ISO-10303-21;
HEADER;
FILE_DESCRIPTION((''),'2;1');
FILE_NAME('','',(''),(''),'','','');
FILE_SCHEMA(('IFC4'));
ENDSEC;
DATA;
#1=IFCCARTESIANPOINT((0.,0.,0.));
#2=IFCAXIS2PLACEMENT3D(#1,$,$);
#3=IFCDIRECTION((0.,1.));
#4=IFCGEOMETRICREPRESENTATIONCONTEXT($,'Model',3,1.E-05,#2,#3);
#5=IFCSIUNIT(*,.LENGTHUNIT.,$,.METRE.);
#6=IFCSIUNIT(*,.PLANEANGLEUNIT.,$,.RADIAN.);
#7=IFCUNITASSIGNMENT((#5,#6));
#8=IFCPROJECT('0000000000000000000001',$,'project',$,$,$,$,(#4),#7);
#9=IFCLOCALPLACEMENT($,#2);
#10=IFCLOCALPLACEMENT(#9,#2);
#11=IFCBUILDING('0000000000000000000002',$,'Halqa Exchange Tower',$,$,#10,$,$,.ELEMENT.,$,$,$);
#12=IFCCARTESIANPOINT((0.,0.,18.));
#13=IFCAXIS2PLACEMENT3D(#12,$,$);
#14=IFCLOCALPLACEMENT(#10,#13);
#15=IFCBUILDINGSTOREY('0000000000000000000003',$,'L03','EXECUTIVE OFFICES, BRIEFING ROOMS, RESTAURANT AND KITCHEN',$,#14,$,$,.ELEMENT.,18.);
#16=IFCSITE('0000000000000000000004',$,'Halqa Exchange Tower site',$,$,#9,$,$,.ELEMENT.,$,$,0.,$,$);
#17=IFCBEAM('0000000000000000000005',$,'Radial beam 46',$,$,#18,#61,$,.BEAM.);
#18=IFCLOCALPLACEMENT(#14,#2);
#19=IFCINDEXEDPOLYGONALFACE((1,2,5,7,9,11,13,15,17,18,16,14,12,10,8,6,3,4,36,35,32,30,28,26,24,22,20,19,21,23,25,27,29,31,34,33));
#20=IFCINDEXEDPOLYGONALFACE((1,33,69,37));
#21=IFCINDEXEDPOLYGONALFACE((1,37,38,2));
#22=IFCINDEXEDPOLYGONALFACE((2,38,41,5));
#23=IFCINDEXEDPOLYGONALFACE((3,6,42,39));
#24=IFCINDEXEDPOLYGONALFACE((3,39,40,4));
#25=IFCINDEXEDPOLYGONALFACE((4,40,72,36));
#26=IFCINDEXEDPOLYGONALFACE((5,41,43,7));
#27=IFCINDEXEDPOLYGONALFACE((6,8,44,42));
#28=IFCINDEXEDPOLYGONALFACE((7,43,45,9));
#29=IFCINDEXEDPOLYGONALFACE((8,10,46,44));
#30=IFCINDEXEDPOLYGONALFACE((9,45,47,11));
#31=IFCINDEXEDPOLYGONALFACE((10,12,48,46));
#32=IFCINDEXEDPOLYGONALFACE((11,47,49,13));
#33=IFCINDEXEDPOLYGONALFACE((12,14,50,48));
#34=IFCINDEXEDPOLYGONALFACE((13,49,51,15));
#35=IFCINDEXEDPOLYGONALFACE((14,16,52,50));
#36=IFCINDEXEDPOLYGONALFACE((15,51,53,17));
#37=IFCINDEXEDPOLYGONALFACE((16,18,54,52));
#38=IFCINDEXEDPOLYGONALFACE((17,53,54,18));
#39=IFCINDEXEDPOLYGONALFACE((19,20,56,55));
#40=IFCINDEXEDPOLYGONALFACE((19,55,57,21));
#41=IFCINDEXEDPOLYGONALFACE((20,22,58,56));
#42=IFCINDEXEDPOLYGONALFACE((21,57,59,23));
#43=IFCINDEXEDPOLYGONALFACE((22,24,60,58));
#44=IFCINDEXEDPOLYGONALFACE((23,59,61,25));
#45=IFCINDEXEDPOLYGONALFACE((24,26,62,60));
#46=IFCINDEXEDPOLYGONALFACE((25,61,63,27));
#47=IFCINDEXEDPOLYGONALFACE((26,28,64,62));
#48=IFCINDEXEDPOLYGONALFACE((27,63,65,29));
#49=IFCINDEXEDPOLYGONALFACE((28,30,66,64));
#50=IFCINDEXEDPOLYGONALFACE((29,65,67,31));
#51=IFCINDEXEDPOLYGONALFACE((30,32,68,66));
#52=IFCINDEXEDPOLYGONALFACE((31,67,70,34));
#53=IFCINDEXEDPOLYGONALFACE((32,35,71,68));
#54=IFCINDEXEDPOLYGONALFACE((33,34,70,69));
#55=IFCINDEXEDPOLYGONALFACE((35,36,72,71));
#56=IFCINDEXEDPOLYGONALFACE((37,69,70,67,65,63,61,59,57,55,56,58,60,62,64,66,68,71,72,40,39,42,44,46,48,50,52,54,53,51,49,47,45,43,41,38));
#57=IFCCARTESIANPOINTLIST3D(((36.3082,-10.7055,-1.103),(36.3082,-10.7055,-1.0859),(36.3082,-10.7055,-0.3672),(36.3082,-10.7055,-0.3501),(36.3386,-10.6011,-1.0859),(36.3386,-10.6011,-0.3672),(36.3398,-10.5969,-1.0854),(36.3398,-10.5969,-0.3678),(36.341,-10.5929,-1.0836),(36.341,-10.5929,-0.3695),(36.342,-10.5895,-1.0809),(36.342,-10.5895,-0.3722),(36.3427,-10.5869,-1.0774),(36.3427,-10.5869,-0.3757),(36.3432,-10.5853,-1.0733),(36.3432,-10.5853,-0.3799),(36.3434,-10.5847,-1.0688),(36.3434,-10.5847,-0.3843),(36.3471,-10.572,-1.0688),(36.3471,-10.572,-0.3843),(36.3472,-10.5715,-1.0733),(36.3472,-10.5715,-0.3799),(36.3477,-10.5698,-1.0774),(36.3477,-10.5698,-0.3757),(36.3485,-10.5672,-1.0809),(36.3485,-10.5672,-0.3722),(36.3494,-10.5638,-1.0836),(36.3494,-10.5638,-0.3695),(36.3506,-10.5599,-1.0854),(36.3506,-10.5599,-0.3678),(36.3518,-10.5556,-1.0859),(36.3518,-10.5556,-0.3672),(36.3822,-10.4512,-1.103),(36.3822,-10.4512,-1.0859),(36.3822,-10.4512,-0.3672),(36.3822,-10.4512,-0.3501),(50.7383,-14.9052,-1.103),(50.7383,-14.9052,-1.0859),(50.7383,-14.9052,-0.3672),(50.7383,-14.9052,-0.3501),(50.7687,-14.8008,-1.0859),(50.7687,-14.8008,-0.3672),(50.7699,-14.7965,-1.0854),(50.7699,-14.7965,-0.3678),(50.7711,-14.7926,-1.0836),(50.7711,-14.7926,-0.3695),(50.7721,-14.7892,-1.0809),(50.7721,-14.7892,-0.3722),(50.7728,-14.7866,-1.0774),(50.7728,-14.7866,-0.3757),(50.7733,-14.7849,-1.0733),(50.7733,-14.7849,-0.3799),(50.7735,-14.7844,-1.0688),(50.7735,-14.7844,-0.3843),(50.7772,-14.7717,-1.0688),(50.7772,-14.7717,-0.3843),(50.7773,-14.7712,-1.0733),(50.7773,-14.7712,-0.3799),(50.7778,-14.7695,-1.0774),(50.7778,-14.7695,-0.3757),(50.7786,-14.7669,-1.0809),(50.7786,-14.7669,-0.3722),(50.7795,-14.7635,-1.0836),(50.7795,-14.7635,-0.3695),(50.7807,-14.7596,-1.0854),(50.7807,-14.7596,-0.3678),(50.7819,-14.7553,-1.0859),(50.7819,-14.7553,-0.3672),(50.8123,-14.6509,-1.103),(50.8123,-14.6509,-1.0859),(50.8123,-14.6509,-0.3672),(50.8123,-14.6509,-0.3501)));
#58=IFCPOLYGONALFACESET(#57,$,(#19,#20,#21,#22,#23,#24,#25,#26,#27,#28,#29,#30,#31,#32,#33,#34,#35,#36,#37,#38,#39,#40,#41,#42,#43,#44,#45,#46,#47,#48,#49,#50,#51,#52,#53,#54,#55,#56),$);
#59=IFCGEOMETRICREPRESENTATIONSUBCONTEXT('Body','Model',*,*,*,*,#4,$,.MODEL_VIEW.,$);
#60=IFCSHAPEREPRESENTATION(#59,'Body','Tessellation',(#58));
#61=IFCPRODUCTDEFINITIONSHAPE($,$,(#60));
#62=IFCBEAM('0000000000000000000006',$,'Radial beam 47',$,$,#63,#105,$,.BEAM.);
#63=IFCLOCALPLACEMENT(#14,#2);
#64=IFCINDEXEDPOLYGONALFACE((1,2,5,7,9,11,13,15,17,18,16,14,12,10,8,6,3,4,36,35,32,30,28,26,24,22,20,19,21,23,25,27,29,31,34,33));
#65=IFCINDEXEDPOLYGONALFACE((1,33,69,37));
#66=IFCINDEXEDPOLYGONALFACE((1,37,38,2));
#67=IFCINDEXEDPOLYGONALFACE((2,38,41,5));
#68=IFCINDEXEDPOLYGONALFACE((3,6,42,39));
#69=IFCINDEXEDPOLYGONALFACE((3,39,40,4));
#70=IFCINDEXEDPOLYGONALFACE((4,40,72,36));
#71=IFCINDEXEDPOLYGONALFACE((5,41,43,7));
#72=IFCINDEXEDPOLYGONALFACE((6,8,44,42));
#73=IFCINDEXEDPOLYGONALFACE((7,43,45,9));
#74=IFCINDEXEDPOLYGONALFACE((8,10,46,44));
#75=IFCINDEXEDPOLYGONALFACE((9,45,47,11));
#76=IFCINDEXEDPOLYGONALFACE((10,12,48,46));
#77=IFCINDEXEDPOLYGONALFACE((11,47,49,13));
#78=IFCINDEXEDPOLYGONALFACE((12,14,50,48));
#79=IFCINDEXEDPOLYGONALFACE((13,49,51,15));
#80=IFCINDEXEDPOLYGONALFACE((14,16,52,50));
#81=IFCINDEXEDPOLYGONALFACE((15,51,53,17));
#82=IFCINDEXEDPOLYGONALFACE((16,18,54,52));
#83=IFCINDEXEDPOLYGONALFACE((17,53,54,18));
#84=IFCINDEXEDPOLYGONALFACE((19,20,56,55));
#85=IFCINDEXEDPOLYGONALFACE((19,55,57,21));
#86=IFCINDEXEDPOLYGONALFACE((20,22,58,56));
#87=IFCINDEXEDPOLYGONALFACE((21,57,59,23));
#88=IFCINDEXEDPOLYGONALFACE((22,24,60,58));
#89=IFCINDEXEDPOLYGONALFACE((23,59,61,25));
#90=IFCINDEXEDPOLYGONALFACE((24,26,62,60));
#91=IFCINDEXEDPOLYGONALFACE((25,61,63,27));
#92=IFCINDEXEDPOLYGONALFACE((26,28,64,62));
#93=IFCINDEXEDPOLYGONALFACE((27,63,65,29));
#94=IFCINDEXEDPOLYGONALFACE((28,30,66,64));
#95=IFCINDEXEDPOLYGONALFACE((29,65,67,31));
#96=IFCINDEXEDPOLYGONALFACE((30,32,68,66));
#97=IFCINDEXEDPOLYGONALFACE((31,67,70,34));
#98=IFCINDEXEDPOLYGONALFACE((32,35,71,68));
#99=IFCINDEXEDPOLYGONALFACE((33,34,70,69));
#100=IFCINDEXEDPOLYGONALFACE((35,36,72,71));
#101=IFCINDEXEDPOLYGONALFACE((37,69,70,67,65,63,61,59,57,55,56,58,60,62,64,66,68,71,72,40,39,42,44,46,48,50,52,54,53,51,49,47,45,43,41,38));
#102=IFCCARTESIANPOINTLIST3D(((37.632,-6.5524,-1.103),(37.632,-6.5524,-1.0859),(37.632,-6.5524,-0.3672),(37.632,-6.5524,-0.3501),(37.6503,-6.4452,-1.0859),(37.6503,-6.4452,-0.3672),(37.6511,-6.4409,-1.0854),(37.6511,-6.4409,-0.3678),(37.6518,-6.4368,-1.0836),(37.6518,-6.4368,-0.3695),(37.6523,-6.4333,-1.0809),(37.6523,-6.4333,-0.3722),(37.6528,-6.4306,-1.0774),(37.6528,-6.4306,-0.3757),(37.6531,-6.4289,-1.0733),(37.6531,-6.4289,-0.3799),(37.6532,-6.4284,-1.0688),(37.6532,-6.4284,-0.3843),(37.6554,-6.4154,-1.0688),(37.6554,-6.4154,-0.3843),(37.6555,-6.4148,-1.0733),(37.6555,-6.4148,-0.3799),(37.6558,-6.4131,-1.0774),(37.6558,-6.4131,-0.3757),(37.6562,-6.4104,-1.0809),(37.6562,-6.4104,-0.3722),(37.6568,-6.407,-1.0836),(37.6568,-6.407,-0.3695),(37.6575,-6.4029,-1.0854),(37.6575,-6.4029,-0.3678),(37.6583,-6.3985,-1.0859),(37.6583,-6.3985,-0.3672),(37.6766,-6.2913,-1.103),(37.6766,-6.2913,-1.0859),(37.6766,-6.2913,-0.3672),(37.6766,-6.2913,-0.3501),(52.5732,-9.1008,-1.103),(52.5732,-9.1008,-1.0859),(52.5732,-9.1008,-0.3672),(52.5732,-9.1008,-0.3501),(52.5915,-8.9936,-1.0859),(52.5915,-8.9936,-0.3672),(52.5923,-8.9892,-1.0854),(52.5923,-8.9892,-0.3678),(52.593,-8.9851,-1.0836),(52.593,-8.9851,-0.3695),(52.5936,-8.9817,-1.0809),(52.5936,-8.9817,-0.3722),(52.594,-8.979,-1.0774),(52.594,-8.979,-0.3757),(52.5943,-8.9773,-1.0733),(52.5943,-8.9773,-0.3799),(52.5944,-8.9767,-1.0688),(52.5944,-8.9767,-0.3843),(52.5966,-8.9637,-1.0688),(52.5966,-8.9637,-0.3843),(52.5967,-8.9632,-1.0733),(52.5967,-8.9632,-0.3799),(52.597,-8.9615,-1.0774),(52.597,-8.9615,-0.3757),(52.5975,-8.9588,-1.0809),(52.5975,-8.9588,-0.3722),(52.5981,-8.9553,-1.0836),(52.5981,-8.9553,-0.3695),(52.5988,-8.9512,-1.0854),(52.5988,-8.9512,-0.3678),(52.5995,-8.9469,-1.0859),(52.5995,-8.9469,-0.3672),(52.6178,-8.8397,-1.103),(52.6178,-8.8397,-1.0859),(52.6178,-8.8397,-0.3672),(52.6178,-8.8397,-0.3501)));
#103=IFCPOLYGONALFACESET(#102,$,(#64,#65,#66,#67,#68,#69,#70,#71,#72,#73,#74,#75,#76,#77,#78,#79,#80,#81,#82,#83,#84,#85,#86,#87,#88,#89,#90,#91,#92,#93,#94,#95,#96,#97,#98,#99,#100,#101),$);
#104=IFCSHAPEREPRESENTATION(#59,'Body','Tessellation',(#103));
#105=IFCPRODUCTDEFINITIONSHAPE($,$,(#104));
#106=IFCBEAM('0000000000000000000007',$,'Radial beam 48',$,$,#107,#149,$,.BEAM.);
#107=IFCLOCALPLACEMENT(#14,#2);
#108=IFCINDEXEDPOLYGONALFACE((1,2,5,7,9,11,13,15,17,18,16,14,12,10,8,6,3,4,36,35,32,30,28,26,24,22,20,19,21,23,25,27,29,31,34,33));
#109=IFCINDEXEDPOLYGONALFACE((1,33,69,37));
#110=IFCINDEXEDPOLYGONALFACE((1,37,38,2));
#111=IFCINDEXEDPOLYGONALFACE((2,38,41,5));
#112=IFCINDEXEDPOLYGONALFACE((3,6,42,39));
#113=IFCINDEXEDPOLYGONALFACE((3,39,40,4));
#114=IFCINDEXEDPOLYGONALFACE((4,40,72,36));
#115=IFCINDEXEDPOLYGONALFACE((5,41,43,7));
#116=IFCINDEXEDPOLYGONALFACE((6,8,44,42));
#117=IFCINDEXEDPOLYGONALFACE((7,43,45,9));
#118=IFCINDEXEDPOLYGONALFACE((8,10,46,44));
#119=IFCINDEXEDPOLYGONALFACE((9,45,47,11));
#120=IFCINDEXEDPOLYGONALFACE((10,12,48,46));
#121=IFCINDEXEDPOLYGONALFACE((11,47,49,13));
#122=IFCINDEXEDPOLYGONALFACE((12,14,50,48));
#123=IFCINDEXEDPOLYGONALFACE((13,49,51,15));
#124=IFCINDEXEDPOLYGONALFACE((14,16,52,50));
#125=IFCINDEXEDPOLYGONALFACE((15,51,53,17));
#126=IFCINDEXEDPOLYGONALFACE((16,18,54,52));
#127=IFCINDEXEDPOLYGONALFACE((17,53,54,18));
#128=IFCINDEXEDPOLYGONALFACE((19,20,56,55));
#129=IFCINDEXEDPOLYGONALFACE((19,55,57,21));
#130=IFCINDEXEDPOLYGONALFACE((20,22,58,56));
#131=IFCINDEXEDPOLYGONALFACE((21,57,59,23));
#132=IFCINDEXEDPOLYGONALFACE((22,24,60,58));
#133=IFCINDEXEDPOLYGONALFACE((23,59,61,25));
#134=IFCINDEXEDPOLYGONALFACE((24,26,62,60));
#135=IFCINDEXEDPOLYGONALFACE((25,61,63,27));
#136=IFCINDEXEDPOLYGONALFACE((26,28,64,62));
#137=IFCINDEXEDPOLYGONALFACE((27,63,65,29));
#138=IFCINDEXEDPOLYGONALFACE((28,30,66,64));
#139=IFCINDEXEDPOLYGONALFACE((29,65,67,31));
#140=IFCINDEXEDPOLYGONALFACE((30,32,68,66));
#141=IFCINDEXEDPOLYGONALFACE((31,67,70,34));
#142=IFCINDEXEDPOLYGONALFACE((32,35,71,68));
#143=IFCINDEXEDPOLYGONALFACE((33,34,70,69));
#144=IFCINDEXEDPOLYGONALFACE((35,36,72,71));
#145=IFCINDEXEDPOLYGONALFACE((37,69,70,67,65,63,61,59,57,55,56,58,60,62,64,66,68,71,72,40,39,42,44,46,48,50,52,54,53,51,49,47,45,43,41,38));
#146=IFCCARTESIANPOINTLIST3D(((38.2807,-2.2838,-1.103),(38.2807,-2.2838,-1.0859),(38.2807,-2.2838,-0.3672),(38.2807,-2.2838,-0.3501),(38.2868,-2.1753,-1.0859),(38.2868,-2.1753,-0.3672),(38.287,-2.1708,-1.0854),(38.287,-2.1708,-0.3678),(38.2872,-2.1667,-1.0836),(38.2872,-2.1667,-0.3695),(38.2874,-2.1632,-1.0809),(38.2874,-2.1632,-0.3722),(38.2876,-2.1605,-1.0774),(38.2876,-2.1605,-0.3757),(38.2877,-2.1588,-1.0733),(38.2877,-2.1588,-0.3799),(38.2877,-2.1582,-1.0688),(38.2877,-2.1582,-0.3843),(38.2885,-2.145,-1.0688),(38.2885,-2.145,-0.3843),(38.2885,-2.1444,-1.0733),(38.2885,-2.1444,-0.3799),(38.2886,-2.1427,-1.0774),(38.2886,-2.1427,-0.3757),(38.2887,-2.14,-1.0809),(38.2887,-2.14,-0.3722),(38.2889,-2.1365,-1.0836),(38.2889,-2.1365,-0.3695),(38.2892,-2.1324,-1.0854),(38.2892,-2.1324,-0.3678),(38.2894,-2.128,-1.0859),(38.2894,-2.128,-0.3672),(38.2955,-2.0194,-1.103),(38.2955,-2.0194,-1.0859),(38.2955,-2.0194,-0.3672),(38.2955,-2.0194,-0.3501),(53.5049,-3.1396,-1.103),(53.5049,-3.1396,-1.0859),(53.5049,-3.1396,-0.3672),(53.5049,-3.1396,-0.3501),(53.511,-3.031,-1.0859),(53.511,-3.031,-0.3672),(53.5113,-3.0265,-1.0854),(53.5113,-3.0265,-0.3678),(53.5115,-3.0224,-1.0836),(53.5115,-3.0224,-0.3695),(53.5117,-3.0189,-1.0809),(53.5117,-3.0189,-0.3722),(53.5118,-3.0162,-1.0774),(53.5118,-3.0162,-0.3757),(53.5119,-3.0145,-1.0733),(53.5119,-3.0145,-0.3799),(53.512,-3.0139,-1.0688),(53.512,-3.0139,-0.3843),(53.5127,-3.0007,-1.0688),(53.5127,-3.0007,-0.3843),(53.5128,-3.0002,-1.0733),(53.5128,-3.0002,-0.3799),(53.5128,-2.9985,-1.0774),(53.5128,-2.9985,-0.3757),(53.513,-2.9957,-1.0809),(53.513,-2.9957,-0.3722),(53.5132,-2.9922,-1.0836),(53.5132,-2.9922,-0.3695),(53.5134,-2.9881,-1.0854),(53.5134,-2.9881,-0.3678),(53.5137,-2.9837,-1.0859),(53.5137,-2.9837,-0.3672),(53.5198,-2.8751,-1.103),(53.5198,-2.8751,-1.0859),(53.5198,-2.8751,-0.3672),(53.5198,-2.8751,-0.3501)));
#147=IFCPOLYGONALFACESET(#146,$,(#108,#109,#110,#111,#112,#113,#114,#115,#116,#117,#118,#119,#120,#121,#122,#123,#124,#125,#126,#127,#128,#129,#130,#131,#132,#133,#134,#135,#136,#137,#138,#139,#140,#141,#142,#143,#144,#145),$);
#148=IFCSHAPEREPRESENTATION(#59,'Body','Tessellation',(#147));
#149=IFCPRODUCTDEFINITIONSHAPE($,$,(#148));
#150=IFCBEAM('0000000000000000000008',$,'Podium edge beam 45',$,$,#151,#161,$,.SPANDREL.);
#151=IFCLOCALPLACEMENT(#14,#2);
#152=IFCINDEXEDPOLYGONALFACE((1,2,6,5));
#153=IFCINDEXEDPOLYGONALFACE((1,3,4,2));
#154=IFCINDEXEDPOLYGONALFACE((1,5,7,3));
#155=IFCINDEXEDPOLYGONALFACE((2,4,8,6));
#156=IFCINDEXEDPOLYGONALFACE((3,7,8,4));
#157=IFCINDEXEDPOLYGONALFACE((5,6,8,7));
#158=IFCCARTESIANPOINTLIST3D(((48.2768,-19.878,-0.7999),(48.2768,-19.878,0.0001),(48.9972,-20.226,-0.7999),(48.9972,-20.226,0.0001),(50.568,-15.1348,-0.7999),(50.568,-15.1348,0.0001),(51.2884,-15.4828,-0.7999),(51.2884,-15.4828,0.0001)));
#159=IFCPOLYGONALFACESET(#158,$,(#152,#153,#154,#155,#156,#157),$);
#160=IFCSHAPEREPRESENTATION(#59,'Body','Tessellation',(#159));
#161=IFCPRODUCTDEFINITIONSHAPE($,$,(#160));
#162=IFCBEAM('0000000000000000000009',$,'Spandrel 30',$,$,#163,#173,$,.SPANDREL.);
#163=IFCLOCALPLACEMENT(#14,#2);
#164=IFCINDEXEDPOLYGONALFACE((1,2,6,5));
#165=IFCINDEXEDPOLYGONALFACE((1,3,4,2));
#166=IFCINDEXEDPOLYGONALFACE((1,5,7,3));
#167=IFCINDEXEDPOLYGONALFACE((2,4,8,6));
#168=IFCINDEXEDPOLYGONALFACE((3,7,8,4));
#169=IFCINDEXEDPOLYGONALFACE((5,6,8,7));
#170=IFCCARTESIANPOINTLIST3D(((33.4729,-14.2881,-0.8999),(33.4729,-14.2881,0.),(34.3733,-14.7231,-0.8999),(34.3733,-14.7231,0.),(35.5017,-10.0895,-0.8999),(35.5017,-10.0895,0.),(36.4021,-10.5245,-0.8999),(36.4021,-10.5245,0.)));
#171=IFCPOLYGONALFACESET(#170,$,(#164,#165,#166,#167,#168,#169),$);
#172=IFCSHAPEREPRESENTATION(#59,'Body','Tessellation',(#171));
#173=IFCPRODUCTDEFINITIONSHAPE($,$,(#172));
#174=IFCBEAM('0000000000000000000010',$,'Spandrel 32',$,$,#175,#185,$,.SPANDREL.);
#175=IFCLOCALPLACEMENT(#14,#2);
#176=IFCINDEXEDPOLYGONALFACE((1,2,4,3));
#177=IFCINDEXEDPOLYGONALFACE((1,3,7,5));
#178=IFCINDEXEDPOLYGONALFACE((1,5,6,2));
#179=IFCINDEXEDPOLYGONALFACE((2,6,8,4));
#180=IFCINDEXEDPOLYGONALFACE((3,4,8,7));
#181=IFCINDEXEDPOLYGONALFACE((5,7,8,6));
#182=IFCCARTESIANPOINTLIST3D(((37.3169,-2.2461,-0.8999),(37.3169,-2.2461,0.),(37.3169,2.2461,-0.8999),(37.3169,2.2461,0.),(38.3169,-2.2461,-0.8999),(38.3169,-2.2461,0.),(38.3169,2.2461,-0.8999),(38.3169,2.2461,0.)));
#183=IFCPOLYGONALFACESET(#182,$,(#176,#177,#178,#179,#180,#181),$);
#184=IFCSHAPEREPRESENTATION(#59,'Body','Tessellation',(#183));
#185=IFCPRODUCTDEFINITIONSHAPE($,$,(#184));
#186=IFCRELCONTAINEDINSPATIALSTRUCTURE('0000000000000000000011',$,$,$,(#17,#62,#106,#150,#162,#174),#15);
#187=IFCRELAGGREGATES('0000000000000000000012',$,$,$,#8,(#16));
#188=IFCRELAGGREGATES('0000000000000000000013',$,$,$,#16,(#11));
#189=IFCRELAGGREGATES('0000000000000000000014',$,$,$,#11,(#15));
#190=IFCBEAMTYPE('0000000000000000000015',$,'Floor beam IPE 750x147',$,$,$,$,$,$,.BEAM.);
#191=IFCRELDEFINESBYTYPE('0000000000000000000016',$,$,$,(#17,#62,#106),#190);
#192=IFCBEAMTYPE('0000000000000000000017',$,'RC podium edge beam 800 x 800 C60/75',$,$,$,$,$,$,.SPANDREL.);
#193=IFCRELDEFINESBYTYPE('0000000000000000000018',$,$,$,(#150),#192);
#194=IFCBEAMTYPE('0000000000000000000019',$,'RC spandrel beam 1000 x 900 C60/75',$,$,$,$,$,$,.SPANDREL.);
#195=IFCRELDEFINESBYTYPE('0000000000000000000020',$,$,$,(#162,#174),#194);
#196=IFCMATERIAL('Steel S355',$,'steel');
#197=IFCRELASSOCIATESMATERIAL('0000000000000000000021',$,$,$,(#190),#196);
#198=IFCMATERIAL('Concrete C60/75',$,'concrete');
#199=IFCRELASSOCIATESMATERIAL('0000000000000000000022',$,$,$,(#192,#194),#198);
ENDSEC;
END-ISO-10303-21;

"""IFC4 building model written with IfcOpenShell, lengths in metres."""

from ifc_helpers import new_model, si_unit, direction, frame, origin, origin_2d, place, context, subcontext, project, spatial, rectangle, i_section, extrude, material, material_profile, profile_set, type_object, element, save


model = new_model("IFC4")

# Units and contexts
model_context = context("Model", 3, precision=1e-05, world=origin(), true_north=direction((0.0, 1.0)))
body_context = subcontext(model_context, "Body", "Model", "MODEL_VIEW")
ifc_project = project(units=[si_unit("LENGTHUNIT", "METRE"), si_unit("PLANEANGLEUNIT", "RADIAN")], contexts=[model_context])

# Site, building, storey
site_placement = place(None, origin())
site = spatial("IfcSite", under=ifc_project, at=site_placement, Name="Halqa Exchange Tower site", CompositionType="ELEMENT", RefElevation=0.0)
building_placement = place(site_placement, origin())
building = spatial("IfcBuilding", under=site, at=building_placement, Name="Halqa Exchange Tower", CompositionType="ELEMENT")
storey_placement = place(building_placement, frame((0.0, 0.0, 18.0)))
storey = spatial("IfcBuildingStorey", under=building, at=storey_placement, Name="L03", Description="EXECUTIVE OFFICES, BRIEFING ROOMS, RESTAURANT AND KITCHEN", CompositionType="ELEMENT", Elevation=18.0)

# Beams
ifc_material_1 = material(Name="Steel S355", Category="steel")
ifc_material_profile_1 = material_profile(ifc_material_1, i_section(OverallWidth=0.2649, OverallDepth=0.7529, WebThickness=0.0132, FlangeThickness=0.0171, FilletRadius=0.0171, at=origin_2d()), Name="IPE 750x147")
ifc_profile_set_1 = profile_set([ifc_material_profile_1], Name="Steel S355")
beam_type_1 = type_object("IfcBeamType", Name="Floor beam IPE 750x147", PredefinedType="BEAM", material=ifc_profile_set_1)
beam_1_placement = place(storey_placement, frame((36.3452, -10.5784, -0.7266), z_axis=(0.960162, -0.279442, 0.0), x_axis=(0.279442, 0.960162, 0.0)))
element("IfcBeam", 1, at=beam_1_placement, inside=storey, type_object=beam_type_1, Name="Radial beam 46", PredefinedType="BEAM", context=body_context, shape_type="SweptSolid", body=[
    extrude(i_section(OverallWidth=0.2649, OverallDepth=0.7529, WebThickness=0.0132, FlangeThickness=0.0171, FilletRadius=0.0171, at=origin_2d()), origin(), (0.0, 0.0, 1.0), 15.0288),
])
beam_2_placement = place(storey_placement, frame((37.6543, -6.4219, -0.7266), z_axis=(0.985765, -0.16813, 0.0), x_axis=(0.16813, 0.985765, 0.0)))
element("IfcBeam", 2, at=beam_2_placement, inside=storey, type_object=beam_type_1, Name="Radial beam 47", PredefinedType="BEAM", context=body_context, shape_type="SweptSolid", body=[
    extrude(i_section(OverallWidth=0.2649, OverallDepth=0.7529, WebThickness=0.0132, FlangeThickness=0.0171, FilletRadius=0.0171, at=origin_2d()), origin(), (0.0, 0.0, 1.0), 15.157),
])
beam_3_placement = place(storey_placement, frame((38.2881, -2.1516, -0.7266), z_axis=(0.998424, -0.056118, 0.0), x_axis=(0.056118, 0.998424, 0.0)))
element("IfcBeam", 3, at=beam_3_placement, inside=storey, type_object=beam_type_1, Name="Radial beam 48", PredefinedType="BEAM", context=body_context, shape_type="SweptSolid", body=[
    extrude(i_section(OverallWidth=0.2649, OverallDepth=0.7529, WebThickness=0.0132, FlangeThickness=0.0171, FilletRadius=0.0171, at=origin_2d()), origin(), (0.0, 0.0, 1.0), 15.2483),
])
ifc_material_2 = material(Name="Concrete C60/75", Category="concrete")
ifc_material_profile_2 = material_profile(ifc_material_2, rectangle(XDim=0.8, YDim=0.8, at=origin_2d()), Name="800 x 800")
ifc_profile_set_2 = profile_set([ifc_material_profile_2], Name="Concrete C60/75")
beam_type_2 = type_object("IfcBeamType", Name="RC podium edge beam 800 x 800 C60/75", PredefinedType="SPANDREL", material=ifc_profile_set_2)
beam_4_placement = place(storey_placement, frame((48.637, -20.052, -0.3999), z_axis=(0.434973, 0.900443, 0.0), x_axis=(-0.900443, 0.434973, 0.0)))
element("IfcBeam", 4, at=beam_4_placement, inside=storey, type_object=beam_type_2, Name="Podium edge beam 45", PredefinedType="SPANDREL", context=body_context, shape_type="SweptSolid", body=[
    extrude(rectangle(XDim=0.8, YDim=0.8, at=origin_2d()), origin(), (0.0, 0.0, 1.0), 5.2676),
])
ifc_material_profile_3 = material_profile(ifc_material_2, rectangle(XDim=1.0, YDim=0.8999, at=origin_2d()), Name="1000 x 900")
ifc_profile_set_3 = profile_set([ifc_material_profile_3], Name="Concrete C60/75")
beam_type_3 = type_object("IfcBeamType", Name="RC spandrel beam 1000 x 900 C60/75", PredefinedType="SPANDREL", material=ifc_profile_set_3)
beam_5_placement = place(storey_placement, frame((33.9231, -14.5056, -0.45), z_axis=(0.435068, 0.900397, 0.0), x_axis=(-0.900397, 0.435068, 0.0)))
element("IfcBeam", 5, at=beam_5_placement, inside=storey, type_object=beam_type_3, Name="Spandrel 30", PredefinedType="SPANDREL", context=body_context, shape_type="SweptSolid", body=[
    extrude(rectangle(XDim=1.0, YDim=0.8999, at=origin_2d()), origin(), (0.0, 0.0, 1.0), 4.6631),
])
beam_6_placement = place(storey_placement, frame((37.8169, -2.2461, -0.45), z_axis=(0.0, 1.0, 0.0), x_axis=(-1.0, 0.0, 0.0)))
element("IfcBeam", 6, at=beam_6_placement, inside=storey, type_object=beam_type_3, Name="Spandrel 32", PredefinedType="SPANDREL", context=body_context, shape_type="SweptSolid", body=[
    extrude(rectangle(XDim=1.0, YDim=0.8999, at=origin_2d()), origin(), (0.0, 0.0, 1.0), 4.4922),
])

save(model, "model.ifc")
